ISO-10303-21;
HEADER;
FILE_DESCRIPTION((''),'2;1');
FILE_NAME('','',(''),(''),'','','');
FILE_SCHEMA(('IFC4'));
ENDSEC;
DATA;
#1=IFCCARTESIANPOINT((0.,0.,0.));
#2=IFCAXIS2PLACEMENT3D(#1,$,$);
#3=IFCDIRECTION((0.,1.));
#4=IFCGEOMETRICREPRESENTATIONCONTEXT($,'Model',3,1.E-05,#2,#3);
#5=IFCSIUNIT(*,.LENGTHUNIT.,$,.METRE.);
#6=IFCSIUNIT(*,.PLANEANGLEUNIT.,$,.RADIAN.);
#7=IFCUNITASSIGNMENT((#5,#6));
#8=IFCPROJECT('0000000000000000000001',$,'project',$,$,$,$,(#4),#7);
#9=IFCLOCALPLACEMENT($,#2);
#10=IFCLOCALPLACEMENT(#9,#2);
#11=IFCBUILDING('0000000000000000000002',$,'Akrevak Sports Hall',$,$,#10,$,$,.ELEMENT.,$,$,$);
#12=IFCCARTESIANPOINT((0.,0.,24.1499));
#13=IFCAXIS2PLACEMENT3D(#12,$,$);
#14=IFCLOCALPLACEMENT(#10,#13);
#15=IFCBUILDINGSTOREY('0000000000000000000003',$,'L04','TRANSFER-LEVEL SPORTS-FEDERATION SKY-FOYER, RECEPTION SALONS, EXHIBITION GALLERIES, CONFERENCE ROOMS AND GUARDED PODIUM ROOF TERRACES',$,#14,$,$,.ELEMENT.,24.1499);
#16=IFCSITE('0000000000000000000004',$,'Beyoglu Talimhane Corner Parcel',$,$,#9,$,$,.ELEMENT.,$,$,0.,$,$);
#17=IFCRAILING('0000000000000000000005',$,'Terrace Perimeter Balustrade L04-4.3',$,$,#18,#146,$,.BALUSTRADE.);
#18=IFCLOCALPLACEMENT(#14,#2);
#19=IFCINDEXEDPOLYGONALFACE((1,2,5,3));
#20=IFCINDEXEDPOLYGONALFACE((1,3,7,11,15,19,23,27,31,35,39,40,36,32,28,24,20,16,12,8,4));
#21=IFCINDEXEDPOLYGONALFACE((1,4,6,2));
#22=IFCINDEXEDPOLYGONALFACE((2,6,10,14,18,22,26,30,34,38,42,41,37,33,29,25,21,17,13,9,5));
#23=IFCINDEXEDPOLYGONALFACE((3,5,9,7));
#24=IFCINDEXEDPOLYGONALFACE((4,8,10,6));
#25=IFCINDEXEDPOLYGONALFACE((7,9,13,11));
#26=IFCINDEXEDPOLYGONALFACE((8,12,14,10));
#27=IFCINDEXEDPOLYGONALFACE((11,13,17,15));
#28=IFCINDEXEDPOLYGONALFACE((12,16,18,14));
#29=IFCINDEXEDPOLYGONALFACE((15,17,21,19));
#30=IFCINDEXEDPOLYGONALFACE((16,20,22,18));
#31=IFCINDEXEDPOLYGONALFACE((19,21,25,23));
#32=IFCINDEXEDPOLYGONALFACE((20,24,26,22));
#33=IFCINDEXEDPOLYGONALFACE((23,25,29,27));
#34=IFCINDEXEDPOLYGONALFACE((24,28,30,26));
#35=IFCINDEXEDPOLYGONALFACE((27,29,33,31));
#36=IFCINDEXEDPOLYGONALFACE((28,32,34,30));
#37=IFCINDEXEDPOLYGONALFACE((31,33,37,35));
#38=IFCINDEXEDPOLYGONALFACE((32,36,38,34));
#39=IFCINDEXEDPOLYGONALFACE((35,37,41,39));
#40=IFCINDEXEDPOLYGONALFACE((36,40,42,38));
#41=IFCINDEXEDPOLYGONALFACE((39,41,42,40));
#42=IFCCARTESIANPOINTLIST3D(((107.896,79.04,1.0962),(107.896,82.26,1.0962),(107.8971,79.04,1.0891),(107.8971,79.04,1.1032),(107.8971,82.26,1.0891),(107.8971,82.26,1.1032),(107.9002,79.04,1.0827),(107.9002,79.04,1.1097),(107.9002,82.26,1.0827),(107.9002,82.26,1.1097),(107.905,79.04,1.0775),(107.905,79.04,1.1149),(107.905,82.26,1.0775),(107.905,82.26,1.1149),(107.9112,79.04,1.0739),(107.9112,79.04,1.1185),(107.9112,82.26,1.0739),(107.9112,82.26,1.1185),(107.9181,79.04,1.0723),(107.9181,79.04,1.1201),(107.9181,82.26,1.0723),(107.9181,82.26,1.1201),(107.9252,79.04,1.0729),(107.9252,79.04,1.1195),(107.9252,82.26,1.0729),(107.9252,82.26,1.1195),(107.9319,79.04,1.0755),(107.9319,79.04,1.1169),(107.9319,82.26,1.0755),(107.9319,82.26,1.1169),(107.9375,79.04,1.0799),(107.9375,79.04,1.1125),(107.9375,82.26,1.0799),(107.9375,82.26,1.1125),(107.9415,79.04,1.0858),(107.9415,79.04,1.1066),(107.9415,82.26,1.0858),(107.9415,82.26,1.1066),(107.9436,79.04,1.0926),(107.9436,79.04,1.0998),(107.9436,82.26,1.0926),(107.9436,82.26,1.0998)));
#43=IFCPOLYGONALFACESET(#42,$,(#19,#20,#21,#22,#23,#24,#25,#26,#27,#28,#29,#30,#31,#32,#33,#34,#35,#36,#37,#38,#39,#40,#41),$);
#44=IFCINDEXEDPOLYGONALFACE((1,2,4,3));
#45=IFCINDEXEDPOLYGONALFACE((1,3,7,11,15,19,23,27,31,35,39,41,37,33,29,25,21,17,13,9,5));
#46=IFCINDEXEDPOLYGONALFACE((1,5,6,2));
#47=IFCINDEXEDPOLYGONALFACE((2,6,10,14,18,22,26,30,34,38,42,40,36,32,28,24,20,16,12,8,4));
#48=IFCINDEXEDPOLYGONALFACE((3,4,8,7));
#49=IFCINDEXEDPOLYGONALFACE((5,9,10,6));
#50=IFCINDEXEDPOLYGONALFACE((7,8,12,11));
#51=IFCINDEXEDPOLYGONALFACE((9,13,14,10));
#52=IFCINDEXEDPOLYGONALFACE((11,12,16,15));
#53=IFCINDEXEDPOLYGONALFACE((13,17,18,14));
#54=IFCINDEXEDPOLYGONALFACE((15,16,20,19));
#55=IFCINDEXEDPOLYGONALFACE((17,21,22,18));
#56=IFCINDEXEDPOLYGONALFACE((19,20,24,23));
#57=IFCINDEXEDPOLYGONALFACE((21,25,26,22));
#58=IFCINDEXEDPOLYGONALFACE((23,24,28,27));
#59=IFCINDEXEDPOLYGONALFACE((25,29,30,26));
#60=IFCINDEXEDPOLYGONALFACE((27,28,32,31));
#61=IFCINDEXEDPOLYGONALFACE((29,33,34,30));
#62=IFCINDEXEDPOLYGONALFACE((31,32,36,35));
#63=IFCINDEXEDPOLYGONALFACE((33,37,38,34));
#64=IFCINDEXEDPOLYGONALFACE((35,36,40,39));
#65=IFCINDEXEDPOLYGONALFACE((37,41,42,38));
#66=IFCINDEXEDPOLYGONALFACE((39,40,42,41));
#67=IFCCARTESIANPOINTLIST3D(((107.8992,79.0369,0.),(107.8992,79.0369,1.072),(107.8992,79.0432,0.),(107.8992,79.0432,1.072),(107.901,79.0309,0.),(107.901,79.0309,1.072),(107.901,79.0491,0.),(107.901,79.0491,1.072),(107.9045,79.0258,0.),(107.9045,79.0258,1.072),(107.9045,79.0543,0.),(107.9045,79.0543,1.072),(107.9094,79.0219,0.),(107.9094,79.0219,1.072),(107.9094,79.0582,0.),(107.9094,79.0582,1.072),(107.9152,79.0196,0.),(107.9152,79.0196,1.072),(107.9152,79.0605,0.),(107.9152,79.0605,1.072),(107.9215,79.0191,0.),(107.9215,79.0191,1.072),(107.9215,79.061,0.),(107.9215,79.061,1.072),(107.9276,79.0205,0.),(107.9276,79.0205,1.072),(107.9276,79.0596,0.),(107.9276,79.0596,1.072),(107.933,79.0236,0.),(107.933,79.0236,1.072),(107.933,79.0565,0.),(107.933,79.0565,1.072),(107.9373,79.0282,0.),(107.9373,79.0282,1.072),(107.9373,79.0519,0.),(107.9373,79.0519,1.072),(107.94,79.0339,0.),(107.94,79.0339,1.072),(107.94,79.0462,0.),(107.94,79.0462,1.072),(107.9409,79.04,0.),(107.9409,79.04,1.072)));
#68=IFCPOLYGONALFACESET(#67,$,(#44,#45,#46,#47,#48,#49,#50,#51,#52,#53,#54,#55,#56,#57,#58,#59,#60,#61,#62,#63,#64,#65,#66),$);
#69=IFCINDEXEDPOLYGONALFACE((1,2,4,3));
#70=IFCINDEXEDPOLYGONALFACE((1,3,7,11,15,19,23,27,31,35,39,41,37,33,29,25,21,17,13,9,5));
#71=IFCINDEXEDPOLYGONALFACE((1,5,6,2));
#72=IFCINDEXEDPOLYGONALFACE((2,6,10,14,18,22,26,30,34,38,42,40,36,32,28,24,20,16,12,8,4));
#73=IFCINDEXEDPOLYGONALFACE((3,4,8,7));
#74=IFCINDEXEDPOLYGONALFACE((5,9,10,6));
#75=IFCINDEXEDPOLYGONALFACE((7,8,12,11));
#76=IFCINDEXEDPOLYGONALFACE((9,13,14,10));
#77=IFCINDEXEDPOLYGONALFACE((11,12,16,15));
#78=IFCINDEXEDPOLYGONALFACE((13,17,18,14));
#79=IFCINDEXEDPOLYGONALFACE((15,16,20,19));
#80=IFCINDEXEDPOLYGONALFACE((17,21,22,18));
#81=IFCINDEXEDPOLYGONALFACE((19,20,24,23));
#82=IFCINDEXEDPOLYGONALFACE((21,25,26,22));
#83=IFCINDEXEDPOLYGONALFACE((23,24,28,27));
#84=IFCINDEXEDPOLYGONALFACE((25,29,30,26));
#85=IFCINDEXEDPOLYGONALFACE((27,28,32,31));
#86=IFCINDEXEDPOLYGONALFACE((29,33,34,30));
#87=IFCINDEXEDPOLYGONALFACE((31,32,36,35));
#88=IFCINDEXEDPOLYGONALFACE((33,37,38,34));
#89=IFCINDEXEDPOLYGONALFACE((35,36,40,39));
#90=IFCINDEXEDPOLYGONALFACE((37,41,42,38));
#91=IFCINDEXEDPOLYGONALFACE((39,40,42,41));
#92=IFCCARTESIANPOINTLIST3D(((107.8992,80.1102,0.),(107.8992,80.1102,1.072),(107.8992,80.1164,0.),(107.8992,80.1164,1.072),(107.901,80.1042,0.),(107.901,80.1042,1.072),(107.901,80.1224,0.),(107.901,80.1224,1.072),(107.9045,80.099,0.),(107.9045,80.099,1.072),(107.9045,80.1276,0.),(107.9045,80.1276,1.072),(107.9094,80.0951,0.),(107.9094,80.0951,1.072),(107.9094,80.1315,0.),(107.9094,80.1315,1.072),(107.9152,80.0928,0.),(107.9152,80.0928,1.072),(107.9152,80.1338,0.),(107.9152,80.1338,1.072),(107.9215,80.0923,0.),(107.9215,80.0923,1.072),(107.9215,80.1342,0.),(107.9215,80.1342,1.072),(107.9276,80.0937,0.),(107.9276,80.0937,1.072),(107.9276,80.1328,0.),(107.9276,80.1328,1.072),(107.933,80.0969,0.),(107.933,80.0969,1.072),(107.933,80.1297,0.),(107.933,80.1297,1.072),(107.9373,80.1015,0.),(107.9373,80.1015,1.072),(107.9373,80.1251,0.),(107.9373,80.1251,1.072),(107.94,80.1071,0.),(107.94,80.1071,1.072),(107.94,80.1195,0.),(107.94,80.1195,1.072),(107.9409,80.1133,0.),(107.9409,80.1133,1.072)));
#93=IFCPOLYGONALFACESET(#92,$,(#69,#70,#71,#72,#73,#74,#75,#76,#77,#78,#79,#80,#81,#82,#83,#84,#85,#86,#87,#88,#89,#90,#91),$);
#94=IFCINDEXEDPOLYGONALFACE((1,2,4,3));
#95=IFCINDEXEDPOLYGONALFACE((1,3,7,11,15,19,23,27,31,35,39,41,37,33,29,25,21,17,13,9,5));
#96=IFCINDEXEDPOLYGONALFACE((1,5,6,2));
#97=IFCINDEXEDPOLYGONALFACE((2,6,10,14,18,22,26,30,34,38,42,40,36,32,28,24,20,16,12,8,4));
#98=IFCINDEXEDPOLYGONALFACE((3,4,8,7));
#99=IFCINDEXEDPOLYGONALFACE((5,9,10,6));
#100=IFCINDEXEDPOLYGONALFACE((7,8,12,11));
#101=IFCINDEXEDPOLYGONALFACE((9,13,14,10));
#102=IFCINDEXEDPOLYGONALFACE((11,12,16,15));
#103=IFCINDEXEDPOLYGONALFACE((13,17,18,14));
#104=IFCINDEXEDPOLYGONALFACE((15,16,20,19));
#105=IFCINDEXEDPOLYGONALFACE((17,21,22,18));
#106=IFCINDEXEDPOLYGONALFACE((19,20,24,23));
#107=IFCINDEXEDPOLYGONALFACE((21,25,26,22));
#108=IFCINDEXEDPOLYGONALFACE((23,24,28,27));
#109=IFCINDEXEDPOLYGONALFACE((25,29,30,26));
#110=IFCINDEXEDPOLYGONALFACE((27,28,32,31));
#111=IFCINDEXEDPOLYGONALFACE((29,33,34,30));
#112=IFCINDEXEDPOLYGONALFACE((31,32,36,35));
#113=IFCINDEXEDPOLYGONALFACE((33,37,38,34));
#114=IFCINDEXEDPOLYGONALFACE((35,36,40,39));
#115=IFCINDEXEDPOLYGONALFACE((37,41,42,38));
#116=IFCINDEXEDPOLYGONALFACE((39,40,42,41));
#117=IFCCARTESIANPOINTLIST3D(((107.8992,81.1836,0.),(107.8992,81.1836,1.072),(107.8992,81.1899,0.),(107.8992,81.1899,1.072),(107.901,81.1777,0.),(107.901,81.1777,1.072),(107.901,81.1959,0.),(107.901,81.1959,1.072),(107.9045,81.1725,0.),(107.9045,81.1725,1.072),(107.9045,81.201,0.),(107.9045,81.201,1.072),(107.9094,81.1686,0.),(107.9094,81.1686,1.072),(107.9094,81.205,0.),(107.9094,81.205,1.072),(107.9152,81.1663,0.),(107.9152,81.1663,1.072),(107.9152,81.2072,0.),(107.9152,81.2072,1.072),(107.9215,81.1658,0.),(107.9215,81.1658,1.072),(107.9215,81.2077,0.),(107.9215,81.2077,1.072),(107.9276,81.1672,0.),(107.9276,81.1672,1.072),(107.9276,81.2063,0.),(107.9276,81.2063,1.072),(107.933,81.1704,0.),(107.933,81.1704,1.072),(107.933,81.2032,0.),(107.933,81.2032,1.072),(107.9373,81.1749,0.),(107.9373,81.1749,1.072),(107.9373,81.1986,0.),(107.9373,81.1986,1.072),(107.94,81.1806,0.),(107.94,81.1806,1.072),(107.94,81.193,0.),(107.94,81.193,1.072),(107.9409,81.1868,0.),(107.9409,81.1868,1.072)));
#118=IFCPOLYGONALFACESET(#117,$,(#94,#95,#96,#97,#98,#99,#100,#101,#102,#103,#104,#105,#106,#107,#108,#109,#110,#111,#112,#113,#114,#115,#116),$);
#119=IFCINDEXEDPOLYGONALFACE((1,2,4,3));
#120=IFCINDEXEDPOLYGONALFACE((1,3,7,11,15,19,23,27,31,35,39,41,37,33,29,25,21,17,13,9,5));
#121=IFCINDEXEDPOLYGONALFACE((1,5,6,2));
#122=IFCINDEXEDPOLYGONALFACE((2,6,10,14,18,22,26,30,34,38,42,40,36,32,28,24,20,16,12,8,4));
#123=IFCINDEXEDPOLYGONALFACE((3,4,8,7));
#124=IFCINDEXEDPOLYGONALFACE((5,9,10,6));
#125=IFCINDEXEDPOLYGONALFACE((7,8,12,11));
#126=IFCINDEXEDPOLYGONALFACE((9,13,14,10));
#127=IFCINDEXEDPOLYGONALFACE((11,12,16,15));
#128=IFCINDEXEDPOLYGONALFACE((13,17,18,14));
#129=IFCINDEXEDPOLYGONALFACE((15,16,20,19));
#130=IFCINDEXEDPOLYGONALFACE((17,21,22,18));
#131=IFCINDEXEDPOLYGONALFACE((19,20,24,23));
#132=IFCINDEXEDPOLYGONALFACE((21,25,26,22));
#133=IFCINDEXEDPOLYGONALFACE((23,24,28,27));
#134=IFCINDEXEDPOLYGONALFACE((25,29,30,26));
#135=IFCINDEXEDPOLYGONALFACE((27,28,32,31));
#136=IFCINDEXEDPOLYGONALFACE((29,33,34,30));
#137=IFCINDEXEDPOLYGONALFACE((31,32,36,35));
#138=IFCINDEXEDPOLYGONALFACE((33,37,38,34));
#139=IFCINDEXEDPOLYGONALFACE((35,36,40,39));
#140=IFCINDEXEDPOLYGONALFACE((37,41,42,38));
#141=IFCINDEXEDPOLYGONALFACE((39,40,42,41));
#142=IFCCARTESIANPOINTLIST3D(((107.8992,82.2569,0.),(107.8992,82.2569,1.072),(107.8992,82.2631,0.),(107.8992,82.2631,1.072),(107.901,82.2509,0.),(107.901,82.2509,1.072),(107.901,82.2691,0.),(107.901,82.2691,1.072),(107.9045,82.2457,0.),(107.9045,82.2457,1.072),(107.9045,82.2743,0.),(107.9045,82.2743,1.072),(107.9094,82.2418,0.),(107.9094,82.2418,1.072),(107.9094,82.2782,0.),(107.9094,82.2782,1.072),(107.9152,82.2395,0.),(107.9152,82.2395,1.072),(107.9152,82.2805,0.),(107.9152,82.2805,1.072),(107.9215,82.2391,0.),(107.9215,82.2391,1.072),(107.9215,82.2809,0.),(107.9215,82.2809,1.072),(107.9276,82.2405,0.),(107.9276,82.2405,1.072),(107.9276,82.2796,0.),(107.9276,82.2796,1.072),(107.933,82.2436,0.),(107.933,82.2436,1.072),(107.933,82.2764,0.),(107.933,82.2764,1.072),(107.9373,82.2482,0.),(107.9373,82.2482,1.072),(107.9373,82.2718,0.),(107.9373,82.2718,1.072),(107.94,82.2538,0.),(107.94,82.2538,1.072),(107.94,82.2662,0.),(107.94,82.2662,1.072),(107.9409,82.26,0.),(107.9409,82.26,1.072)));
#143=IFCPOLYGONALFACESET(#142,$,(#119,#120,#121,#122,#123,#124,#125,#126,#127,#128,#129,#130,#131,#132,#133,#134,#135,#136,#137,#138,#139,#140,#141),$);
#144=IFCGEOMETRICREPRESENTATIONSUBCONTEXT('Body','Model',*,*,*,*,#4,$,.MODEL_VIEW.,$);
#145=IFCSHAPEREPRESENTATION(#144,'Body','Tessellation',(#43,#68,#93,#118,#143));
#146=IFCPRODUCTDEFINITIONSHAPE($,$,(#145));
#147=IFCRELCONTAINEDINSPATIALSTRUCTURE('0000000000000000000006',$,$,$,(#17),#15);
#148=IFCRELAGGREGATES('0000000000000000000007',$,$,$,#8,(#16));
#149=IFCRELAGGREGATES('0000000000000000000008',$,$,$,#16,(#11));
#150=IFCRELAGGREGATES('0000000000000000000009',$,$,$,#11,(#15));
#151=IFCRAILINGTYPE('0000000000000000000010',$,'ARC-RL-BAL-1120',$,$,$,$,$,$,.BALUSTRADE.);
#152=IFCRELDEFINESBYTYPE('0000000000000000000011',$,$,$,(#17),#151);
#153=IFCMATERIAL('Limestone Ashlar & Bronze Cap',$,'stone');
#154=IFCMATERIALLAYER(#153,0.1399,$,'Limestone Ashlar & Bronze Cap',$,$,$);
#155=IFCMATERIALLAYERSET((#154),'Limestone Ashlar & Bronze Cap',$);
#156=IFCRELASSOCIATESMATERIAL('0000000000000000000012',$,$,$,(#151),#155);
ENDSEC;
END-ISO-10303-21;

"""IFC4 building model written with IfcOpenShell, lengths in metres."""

from ifc_helpers import new_model, si_unit, direction, frame, origin, origin_2d, place, context, subcontext, project, spatial, circle, extrude, material, layer, layer_set, type_object, element, save


model = new_model("IFC4")

# Units and contexts
model_context = context("Model", 3, precision=1e-05, world=origin(), true_north=direction((0.0, 1.0)))
body_context = subcontext(model_context, "Body", "Model", "MODEL_VIEW")
ifc_project = project(units=[si_unit("LENGTHUNIT", "METRE"), si_unit("PLANEANGLEUNIT", "RADIAN")], contexts=[model_context])

# Site, building, storey
site_placement = place(None, origin())
site = spatial("IfcSite", under=ifc_project, at=site_placement, Name="Beyoglu Talimhane Corner Parcel", CompositionType="ELEMENT", RefElevation=0.0)
building_placement = place(site_placement, origin())
building = spatial("IfcBuilding", under=site, at=building_placement, Name="Akrevak Sports Hall", CompositionType="ELEMENT")
storey_placement = place(building_placement, frame((0.0, 0.0, 24.1499)))
storey = spatial("IfcBuildingStorey", under=building, at=storey_placement, Name="L04", Description="TRANSFER-LEVEL SPORTS-FEDERATION SKY-FOYER, RECEPTION SALONS, EXHIBITION GALLERIES, CONFERENCE ROOMS AND GUARDED PODIUM ROOF TERRACES", CompositionType="ELEMENT", Elevation=24.1499)

# Railing
ifc_material_1 = material(Name="Limestone Ashlar & Bronze Cap", Category="stone")
ifc_layer_1 = layer(ifc_material_1, 0.1399, Name="Limestone Ashlar & Bronze Cap")
ifc_layer_set_1 = layer_set([ifc_layer_1], Name="Limestone Ashlar & Bronze Cap")
railing_type = type_object("IfcRailingType", Name="ARC-RL-BAL-1120", PredefinedType="BALUSTRADE", material=ifc_layer_set_1)
railing_1_placement = place(storey_placement, frame((107.9199, 79.04, 0.0)))
element("IfcRailing", 1, at=railing_1_placement, inside=storey, type_object=railing_type, Name="Terrace Perimeter Balustrade L04-4.3", PredefinedType="BALUSTRADE", context=body_context, shape_type="SweptSolid", body=[
    extrude(circle(Radius=0.0239, at=origin_2d()), frame((0.0, 0.0, 1.0962), z_axis=(0.0, 1.0, 0.0), x_axis=(-1.0, 0.0, 0.0)), (0.0, 0.0, 1.0), 3.22),
    extrude(circle(Radius=0.021, at=origin_2d()), origin(), (0.0, 0.0, 1.0), 1.072),
    extrude(circle(Radius=0.021, at=origin_2d()), frame((0.0, 1.0732, 0.0)), (0.0, 0.0, 1.0), 1.072),
    extrude(circle(Radius=0.021, at=origin_2d()), frame((0.0, 2.1467, 0.0)), (0.0, 0.0, 1.0), 1.072),
    extrude(circle(Radius=0.021, at=origin_2d()), frame((0.0, 3.22, 0.0)), (0.0, 0.0, 1.0), 1.072),
])

save(model, "model.ifc")
